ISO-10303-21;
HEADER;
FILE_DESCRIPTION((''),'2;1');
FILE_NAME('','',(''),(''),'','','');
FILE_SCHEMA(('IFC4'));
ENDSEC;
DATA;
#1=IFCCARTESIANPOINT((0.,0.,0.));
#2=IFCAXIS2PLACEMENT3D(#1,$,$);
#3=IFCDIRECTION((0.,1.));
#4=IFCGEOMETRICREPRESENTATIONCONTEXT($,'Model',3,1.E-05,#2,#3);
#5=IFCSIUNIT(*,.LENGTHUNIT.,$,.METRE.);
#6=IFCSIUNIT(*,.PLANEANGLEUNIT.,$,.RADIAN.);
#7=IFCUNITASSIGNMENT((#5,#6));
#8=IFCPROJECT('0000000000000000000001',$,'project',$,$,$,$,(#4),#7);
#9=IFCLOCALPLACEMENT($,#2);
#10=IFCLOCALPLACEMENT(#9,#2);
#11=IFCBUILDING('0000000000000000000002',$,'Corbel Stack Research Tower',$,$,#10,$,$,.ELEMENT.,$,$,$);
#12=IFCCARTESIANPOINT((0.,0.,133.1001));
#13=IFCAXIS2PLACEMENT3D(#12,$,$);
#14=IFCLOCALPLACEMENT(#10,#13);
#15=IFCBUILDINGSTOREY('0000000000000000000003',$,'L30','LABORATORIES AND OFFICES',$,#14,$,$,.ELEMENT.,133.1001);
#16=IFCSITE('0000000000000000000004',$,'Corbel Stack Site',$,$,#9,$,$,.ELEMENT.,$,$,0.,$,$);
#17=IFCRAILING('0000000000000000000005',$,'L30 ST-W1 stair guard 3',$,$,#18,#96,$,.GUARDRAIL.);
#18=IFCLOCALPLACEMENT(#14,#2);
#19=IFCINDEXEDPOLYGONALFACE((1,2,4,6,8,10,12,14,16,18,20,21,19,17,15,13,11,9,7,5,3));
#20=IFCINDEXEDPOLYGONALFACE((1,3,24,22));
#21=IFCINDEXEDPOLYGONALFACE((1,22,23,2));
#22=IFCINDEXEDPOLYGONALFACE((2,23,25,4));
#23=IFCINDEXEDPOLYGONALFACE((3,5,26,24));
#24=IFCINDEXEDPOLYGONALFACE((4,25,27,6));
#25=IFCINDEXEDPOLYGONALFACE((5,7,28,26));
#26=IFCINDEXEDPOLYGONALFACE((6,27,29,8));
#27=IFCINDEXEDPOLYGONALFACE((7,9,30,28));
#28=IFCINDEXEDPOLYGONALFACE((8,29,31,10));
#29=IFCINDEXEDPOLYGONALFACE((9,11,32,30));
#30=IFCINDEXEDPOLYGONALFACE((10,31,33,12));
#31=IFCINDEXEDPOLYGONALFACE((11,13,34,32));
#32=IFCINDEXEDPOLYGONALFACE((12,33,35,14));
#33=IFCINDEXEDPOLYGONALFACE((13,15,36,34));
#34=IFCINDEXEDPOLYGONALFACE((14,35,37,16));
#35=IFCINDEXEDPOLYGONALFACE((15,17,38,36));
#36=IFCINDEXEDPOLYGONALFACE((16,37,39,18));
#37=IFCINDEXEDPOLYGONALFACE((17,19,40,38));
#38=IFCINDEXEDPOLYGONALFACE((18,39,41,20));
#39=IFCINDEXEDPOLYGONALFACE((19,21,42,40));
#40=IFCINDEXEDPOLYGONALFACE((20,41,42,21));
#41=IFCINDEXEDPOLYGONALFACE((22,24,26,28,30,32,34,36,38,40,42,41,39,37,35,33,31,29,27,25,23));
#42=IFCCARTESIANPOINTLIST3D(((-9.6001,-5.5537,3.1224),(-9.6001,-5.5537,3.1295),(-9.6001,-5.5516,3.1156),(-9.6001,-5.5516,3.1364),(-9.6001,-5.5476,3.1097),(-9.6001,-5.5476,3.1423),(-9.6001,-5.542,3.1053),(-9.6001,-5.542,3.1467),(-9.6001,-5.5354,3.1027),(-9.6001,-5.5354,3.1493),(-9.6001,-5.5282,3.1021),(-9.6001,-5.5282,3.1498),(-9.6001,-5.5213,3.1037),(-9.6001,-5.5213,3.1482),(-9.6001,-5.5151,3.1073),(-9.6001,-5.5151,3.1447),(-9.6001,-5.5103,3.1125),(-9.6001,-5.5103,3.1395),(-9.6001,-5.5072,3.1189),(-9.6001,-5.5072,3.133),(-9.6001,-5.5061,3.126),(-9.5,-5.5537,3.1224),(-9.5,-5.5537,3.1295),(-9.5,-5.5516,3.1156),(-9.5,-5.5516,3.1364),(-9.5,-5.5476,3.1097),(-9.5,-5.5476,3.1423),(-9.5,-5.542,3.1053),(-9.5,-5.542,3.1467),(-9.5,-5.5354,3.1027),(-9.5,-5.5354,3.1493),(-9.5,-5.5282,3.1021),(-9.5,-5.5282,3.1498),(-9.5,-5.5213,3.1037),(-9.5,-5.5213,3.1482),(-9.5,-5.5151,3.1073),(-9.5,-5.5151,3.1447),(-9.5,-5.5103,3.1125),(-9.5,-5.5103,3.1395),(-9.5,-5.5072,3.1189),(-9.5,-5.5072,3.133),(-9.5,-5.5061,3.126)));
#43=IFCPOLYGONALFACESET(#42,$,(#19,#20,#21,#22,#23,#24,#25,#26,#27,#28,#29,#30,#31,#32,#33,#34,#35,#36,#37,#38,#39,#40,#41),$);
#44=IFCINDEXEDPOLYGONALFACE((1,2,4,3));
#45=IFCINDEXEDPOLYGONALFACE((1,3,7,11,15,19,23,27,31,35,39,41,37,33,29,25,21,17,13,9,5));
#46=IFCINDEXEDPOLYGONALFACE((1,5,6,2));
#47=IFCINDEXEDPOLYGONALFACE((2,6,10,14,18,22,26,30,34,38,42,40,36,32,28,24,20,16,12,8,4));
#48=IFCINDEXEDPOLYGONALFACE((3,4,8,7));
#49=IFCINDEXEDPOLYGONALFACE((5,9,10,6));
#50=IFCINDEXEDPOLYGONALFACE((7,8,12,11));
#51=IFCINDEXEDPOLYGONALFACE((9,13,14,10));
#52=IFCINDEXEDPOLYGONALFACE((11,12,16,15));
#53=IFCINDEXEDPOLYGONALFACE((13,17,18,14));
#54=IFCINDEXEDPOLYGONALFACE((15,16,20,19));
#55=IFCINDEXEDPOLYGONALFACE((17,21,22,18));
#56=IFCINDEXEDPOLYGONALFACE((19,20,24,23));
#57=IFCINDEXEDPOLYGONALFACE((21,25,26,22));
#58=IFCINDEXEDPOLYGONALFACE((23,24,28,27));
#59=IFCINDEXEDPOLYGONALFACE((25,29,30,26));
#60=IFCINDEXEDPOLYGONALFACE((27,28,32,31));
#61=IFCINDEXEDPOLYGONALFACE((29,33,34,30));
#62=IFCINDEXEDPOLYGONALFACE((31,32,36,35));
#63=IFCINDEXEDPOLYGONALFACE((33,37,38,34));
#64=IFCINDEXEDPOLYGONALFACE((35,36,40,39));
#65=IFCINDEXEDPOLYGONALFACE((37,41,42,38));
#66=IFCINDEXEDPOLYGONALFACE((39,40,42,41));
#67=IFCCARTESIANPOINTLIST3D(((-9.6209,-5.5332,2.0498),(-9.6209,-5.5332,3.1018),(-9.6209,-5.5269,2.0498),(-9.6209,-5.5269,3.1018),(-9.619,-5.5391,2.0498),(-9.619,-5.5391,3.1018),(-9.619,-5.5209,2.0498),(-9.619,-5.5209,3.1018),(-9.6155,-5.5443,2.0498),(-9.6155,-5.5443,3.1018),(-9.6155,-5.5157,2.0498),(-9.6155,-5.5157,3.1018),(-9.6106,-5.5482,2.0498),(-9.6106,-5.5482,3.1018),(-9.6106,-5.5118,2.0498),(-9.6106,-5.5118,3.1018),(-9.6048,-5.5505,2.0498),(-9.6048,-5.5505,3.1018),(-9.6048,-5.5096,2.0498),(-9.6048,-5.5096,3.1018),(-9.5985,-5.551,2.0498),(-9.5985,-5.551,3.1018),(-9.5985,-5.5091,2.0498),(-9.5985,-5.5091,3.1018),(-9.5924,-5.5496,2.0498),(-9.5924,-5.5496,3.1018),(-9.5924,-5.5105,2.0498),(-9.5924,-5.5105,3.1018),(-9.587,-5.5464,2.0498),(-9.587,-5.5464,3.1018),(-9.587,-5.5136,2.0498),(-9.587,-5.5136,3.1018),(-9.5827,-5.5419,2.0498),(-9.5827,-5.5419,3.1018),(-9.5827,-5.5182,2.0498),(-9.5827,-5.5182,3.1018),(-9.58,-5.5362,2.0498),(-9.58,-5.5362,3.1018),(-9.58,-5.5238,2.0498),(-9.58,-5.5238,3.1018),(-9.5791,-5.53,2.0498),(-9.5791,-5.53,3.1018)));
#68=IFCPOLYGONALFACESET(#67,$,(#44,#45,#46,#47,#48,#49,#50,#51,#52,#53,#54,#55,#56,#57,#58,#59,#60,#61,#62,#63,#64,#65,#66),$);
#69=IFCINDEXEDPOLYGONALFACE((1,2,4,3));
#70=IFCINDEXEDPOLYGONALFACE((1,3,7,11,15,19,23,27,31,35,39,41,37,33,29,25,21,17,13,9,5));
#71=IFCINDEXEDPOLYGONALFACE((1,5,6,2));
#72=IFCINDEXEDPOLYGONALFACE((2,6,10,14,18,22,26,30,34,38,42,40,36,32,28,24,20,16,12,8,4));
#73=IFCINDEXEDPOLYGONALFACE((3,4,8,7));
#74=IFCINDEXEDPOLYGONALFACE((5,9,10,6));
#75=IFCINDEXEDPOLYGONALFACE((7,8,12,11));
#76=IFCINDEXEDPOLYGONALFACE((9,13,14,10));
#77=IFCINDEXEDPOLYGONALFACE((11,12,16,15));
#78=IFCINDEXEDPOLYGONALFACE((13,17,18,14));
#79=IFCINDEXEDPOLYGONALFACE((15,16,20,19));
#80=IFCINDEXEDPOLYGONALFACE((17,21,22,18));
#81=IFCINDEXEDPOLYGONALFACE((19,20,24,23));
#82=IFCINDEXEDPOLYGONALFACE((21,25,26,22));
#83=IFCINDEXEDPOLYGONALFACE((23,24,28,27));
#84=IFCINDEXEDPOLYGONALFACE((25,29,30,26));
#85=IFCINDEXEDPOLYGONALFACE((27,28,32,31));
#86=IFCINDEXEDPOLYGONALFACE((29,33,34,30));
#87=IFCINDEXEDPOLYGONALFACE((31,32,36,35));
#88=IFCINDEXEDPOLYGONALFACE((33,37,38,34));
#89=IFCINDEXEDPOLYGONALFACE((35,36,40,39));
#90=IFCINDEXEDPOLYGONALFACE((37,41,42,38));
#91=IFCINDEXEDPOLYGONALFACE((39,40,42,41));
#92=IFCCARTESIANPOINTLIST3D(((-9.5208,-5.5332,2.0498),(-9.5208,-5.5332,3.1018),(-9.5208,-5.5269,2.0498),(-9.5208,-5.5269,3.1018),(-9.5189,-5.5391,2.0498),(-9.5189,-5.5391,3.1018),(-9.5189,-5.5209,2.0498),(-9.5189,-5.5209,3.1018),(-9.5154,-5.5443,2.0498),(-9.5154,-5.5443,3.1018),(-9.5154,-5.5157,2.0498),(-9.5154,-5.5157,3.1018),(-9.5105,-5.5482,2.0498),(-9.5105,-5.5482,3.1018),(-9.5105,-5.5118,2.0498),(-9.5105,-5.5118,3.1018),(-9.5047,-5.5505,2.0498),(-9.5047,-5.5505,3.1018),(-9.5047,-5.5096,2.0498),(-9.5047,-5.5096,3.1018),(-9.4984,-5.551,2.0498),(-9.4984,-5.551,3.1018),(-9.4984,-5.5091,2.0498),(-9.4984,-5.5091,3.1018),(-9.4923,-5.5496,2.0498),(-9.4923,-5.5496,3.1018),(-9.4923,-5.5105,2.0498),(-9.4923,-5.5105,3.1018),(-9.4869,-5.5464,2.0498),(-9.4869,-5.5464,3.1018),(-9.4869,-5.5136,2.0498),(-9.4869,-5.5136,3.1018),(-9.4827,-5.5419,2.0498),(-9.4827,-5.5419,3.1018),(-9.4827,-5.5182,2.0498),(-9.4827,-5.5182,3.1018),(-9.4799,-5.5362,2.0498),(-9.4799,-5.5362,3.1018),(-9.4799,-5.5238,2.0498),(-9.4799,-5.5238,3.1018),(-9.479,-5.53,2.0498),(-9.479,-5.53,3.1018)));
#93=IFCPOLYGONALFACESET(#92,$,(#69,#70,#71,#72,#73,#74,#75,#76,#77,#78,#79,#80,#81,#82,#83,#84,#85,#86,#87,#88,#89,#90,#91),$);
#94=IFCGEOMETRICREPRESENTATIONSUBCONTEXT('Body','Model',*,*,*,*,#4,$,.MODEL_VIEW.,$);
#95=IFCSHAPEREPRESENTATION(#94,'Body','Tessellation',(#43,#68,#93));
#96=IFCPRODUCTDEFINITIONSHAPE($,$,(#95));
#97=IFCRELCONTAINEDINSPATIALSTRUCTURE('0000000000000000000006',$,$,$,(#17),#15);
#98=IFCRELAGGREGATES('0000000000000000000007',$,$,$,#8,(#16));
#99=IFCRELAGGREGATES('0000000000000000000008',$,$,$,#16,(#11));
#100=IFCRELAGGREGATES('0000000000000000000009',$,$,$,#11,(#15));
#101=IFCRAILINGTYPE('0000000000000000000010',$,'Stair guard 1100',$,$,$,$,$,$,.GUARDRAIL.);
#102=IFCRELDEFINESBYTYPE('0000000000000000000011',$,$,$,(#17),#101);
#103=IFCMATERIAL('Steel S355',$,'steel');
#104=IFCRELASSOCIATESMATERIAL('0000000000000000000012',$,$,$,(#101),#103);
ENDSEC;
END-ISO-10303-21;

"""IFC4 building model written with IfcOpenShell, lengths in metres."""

from ifc_helpers import new_model, si_unit, direction, frame, origin, origin_2d, place, context, subcontext, project, spatial, circle, extrude, material, type_object, element, save


model = new_model("IFC4")

# Units and contexts
model_context = context("Model", 3, precision=1e-05, world=origin(), true_north=direction((0.0, 1.0)))
body_context = subcontext(model_context, "Body", "Model", "MODEL_VIEW")
ifc_project = project(units=[si_unit("LENGTHUNIT", "METRE"), si_unit("PLANEANGLEUNIT", "RADIAN")], contexts=[model_context])

# Site, building, storey
site_placement = place(None, origin())
site = spatial("IfcSite", under=ifc_project, at=site_placement, Name="Corbel Stack Site", CompositionType="ELEMENT", RefElevation=0.0)
building_placement = place(site_placement, origin())
building = spatial("IfcBuilding", under=site, at=building_placement, Name="Corbel Stack Research Tower", CompositionType="ELEMENT")
storey_placement = place(building_placement, frame((0.0, 0.0, 133.1001)))
storey = spatial("IfcBuildingStorey", under=building, at=storey_placement, Name="L30", Description="LABORATORIES AND OFFICES", CompositionType="ELEMENT", Elevation=133.1001)

# Railing
ifc_material_1 = material(Name="Steel S355", Category="steel")
railing_type_1 = type_object("IfcRailingType", Name="Stair guard 1100", PredefinedType="GUARDRAIL", material=ifc_material_1)
railing_1_placement = place(storey_placement, frame((-9.6001, -5.53, 2.0498)))
element("IfcRailing", 1, at=railing_1_placement, inside=storey, type_object=railing_type_1, Name="L30 ST-W1 stair guard 3", PredefinedType="GUARDRAIL", context=body_context, shape_type="SweptSolid", body=[
    extrude(circle(Radius=0.0239, at=origin_2d()), frame((0.0, 0.0, 1.0762), z_axis=(1.0, 0.0, 0.0), x_axis=(0.0, 1.0, 0.0)), (0.0, 0.0, 1.0), 0.1001),
    extrude(circle(Radius=0.021, at=origin_2d()), origin(), (0.0, 0.0, 1.0), 1.052),
    extrude(circle(Radius=0.021, at=origin_2d()), frame((0.1001, 0.0, 0.0)), (0.0, 0.0, 1.0), 1.052),
])

save(model, "model.ifc")
